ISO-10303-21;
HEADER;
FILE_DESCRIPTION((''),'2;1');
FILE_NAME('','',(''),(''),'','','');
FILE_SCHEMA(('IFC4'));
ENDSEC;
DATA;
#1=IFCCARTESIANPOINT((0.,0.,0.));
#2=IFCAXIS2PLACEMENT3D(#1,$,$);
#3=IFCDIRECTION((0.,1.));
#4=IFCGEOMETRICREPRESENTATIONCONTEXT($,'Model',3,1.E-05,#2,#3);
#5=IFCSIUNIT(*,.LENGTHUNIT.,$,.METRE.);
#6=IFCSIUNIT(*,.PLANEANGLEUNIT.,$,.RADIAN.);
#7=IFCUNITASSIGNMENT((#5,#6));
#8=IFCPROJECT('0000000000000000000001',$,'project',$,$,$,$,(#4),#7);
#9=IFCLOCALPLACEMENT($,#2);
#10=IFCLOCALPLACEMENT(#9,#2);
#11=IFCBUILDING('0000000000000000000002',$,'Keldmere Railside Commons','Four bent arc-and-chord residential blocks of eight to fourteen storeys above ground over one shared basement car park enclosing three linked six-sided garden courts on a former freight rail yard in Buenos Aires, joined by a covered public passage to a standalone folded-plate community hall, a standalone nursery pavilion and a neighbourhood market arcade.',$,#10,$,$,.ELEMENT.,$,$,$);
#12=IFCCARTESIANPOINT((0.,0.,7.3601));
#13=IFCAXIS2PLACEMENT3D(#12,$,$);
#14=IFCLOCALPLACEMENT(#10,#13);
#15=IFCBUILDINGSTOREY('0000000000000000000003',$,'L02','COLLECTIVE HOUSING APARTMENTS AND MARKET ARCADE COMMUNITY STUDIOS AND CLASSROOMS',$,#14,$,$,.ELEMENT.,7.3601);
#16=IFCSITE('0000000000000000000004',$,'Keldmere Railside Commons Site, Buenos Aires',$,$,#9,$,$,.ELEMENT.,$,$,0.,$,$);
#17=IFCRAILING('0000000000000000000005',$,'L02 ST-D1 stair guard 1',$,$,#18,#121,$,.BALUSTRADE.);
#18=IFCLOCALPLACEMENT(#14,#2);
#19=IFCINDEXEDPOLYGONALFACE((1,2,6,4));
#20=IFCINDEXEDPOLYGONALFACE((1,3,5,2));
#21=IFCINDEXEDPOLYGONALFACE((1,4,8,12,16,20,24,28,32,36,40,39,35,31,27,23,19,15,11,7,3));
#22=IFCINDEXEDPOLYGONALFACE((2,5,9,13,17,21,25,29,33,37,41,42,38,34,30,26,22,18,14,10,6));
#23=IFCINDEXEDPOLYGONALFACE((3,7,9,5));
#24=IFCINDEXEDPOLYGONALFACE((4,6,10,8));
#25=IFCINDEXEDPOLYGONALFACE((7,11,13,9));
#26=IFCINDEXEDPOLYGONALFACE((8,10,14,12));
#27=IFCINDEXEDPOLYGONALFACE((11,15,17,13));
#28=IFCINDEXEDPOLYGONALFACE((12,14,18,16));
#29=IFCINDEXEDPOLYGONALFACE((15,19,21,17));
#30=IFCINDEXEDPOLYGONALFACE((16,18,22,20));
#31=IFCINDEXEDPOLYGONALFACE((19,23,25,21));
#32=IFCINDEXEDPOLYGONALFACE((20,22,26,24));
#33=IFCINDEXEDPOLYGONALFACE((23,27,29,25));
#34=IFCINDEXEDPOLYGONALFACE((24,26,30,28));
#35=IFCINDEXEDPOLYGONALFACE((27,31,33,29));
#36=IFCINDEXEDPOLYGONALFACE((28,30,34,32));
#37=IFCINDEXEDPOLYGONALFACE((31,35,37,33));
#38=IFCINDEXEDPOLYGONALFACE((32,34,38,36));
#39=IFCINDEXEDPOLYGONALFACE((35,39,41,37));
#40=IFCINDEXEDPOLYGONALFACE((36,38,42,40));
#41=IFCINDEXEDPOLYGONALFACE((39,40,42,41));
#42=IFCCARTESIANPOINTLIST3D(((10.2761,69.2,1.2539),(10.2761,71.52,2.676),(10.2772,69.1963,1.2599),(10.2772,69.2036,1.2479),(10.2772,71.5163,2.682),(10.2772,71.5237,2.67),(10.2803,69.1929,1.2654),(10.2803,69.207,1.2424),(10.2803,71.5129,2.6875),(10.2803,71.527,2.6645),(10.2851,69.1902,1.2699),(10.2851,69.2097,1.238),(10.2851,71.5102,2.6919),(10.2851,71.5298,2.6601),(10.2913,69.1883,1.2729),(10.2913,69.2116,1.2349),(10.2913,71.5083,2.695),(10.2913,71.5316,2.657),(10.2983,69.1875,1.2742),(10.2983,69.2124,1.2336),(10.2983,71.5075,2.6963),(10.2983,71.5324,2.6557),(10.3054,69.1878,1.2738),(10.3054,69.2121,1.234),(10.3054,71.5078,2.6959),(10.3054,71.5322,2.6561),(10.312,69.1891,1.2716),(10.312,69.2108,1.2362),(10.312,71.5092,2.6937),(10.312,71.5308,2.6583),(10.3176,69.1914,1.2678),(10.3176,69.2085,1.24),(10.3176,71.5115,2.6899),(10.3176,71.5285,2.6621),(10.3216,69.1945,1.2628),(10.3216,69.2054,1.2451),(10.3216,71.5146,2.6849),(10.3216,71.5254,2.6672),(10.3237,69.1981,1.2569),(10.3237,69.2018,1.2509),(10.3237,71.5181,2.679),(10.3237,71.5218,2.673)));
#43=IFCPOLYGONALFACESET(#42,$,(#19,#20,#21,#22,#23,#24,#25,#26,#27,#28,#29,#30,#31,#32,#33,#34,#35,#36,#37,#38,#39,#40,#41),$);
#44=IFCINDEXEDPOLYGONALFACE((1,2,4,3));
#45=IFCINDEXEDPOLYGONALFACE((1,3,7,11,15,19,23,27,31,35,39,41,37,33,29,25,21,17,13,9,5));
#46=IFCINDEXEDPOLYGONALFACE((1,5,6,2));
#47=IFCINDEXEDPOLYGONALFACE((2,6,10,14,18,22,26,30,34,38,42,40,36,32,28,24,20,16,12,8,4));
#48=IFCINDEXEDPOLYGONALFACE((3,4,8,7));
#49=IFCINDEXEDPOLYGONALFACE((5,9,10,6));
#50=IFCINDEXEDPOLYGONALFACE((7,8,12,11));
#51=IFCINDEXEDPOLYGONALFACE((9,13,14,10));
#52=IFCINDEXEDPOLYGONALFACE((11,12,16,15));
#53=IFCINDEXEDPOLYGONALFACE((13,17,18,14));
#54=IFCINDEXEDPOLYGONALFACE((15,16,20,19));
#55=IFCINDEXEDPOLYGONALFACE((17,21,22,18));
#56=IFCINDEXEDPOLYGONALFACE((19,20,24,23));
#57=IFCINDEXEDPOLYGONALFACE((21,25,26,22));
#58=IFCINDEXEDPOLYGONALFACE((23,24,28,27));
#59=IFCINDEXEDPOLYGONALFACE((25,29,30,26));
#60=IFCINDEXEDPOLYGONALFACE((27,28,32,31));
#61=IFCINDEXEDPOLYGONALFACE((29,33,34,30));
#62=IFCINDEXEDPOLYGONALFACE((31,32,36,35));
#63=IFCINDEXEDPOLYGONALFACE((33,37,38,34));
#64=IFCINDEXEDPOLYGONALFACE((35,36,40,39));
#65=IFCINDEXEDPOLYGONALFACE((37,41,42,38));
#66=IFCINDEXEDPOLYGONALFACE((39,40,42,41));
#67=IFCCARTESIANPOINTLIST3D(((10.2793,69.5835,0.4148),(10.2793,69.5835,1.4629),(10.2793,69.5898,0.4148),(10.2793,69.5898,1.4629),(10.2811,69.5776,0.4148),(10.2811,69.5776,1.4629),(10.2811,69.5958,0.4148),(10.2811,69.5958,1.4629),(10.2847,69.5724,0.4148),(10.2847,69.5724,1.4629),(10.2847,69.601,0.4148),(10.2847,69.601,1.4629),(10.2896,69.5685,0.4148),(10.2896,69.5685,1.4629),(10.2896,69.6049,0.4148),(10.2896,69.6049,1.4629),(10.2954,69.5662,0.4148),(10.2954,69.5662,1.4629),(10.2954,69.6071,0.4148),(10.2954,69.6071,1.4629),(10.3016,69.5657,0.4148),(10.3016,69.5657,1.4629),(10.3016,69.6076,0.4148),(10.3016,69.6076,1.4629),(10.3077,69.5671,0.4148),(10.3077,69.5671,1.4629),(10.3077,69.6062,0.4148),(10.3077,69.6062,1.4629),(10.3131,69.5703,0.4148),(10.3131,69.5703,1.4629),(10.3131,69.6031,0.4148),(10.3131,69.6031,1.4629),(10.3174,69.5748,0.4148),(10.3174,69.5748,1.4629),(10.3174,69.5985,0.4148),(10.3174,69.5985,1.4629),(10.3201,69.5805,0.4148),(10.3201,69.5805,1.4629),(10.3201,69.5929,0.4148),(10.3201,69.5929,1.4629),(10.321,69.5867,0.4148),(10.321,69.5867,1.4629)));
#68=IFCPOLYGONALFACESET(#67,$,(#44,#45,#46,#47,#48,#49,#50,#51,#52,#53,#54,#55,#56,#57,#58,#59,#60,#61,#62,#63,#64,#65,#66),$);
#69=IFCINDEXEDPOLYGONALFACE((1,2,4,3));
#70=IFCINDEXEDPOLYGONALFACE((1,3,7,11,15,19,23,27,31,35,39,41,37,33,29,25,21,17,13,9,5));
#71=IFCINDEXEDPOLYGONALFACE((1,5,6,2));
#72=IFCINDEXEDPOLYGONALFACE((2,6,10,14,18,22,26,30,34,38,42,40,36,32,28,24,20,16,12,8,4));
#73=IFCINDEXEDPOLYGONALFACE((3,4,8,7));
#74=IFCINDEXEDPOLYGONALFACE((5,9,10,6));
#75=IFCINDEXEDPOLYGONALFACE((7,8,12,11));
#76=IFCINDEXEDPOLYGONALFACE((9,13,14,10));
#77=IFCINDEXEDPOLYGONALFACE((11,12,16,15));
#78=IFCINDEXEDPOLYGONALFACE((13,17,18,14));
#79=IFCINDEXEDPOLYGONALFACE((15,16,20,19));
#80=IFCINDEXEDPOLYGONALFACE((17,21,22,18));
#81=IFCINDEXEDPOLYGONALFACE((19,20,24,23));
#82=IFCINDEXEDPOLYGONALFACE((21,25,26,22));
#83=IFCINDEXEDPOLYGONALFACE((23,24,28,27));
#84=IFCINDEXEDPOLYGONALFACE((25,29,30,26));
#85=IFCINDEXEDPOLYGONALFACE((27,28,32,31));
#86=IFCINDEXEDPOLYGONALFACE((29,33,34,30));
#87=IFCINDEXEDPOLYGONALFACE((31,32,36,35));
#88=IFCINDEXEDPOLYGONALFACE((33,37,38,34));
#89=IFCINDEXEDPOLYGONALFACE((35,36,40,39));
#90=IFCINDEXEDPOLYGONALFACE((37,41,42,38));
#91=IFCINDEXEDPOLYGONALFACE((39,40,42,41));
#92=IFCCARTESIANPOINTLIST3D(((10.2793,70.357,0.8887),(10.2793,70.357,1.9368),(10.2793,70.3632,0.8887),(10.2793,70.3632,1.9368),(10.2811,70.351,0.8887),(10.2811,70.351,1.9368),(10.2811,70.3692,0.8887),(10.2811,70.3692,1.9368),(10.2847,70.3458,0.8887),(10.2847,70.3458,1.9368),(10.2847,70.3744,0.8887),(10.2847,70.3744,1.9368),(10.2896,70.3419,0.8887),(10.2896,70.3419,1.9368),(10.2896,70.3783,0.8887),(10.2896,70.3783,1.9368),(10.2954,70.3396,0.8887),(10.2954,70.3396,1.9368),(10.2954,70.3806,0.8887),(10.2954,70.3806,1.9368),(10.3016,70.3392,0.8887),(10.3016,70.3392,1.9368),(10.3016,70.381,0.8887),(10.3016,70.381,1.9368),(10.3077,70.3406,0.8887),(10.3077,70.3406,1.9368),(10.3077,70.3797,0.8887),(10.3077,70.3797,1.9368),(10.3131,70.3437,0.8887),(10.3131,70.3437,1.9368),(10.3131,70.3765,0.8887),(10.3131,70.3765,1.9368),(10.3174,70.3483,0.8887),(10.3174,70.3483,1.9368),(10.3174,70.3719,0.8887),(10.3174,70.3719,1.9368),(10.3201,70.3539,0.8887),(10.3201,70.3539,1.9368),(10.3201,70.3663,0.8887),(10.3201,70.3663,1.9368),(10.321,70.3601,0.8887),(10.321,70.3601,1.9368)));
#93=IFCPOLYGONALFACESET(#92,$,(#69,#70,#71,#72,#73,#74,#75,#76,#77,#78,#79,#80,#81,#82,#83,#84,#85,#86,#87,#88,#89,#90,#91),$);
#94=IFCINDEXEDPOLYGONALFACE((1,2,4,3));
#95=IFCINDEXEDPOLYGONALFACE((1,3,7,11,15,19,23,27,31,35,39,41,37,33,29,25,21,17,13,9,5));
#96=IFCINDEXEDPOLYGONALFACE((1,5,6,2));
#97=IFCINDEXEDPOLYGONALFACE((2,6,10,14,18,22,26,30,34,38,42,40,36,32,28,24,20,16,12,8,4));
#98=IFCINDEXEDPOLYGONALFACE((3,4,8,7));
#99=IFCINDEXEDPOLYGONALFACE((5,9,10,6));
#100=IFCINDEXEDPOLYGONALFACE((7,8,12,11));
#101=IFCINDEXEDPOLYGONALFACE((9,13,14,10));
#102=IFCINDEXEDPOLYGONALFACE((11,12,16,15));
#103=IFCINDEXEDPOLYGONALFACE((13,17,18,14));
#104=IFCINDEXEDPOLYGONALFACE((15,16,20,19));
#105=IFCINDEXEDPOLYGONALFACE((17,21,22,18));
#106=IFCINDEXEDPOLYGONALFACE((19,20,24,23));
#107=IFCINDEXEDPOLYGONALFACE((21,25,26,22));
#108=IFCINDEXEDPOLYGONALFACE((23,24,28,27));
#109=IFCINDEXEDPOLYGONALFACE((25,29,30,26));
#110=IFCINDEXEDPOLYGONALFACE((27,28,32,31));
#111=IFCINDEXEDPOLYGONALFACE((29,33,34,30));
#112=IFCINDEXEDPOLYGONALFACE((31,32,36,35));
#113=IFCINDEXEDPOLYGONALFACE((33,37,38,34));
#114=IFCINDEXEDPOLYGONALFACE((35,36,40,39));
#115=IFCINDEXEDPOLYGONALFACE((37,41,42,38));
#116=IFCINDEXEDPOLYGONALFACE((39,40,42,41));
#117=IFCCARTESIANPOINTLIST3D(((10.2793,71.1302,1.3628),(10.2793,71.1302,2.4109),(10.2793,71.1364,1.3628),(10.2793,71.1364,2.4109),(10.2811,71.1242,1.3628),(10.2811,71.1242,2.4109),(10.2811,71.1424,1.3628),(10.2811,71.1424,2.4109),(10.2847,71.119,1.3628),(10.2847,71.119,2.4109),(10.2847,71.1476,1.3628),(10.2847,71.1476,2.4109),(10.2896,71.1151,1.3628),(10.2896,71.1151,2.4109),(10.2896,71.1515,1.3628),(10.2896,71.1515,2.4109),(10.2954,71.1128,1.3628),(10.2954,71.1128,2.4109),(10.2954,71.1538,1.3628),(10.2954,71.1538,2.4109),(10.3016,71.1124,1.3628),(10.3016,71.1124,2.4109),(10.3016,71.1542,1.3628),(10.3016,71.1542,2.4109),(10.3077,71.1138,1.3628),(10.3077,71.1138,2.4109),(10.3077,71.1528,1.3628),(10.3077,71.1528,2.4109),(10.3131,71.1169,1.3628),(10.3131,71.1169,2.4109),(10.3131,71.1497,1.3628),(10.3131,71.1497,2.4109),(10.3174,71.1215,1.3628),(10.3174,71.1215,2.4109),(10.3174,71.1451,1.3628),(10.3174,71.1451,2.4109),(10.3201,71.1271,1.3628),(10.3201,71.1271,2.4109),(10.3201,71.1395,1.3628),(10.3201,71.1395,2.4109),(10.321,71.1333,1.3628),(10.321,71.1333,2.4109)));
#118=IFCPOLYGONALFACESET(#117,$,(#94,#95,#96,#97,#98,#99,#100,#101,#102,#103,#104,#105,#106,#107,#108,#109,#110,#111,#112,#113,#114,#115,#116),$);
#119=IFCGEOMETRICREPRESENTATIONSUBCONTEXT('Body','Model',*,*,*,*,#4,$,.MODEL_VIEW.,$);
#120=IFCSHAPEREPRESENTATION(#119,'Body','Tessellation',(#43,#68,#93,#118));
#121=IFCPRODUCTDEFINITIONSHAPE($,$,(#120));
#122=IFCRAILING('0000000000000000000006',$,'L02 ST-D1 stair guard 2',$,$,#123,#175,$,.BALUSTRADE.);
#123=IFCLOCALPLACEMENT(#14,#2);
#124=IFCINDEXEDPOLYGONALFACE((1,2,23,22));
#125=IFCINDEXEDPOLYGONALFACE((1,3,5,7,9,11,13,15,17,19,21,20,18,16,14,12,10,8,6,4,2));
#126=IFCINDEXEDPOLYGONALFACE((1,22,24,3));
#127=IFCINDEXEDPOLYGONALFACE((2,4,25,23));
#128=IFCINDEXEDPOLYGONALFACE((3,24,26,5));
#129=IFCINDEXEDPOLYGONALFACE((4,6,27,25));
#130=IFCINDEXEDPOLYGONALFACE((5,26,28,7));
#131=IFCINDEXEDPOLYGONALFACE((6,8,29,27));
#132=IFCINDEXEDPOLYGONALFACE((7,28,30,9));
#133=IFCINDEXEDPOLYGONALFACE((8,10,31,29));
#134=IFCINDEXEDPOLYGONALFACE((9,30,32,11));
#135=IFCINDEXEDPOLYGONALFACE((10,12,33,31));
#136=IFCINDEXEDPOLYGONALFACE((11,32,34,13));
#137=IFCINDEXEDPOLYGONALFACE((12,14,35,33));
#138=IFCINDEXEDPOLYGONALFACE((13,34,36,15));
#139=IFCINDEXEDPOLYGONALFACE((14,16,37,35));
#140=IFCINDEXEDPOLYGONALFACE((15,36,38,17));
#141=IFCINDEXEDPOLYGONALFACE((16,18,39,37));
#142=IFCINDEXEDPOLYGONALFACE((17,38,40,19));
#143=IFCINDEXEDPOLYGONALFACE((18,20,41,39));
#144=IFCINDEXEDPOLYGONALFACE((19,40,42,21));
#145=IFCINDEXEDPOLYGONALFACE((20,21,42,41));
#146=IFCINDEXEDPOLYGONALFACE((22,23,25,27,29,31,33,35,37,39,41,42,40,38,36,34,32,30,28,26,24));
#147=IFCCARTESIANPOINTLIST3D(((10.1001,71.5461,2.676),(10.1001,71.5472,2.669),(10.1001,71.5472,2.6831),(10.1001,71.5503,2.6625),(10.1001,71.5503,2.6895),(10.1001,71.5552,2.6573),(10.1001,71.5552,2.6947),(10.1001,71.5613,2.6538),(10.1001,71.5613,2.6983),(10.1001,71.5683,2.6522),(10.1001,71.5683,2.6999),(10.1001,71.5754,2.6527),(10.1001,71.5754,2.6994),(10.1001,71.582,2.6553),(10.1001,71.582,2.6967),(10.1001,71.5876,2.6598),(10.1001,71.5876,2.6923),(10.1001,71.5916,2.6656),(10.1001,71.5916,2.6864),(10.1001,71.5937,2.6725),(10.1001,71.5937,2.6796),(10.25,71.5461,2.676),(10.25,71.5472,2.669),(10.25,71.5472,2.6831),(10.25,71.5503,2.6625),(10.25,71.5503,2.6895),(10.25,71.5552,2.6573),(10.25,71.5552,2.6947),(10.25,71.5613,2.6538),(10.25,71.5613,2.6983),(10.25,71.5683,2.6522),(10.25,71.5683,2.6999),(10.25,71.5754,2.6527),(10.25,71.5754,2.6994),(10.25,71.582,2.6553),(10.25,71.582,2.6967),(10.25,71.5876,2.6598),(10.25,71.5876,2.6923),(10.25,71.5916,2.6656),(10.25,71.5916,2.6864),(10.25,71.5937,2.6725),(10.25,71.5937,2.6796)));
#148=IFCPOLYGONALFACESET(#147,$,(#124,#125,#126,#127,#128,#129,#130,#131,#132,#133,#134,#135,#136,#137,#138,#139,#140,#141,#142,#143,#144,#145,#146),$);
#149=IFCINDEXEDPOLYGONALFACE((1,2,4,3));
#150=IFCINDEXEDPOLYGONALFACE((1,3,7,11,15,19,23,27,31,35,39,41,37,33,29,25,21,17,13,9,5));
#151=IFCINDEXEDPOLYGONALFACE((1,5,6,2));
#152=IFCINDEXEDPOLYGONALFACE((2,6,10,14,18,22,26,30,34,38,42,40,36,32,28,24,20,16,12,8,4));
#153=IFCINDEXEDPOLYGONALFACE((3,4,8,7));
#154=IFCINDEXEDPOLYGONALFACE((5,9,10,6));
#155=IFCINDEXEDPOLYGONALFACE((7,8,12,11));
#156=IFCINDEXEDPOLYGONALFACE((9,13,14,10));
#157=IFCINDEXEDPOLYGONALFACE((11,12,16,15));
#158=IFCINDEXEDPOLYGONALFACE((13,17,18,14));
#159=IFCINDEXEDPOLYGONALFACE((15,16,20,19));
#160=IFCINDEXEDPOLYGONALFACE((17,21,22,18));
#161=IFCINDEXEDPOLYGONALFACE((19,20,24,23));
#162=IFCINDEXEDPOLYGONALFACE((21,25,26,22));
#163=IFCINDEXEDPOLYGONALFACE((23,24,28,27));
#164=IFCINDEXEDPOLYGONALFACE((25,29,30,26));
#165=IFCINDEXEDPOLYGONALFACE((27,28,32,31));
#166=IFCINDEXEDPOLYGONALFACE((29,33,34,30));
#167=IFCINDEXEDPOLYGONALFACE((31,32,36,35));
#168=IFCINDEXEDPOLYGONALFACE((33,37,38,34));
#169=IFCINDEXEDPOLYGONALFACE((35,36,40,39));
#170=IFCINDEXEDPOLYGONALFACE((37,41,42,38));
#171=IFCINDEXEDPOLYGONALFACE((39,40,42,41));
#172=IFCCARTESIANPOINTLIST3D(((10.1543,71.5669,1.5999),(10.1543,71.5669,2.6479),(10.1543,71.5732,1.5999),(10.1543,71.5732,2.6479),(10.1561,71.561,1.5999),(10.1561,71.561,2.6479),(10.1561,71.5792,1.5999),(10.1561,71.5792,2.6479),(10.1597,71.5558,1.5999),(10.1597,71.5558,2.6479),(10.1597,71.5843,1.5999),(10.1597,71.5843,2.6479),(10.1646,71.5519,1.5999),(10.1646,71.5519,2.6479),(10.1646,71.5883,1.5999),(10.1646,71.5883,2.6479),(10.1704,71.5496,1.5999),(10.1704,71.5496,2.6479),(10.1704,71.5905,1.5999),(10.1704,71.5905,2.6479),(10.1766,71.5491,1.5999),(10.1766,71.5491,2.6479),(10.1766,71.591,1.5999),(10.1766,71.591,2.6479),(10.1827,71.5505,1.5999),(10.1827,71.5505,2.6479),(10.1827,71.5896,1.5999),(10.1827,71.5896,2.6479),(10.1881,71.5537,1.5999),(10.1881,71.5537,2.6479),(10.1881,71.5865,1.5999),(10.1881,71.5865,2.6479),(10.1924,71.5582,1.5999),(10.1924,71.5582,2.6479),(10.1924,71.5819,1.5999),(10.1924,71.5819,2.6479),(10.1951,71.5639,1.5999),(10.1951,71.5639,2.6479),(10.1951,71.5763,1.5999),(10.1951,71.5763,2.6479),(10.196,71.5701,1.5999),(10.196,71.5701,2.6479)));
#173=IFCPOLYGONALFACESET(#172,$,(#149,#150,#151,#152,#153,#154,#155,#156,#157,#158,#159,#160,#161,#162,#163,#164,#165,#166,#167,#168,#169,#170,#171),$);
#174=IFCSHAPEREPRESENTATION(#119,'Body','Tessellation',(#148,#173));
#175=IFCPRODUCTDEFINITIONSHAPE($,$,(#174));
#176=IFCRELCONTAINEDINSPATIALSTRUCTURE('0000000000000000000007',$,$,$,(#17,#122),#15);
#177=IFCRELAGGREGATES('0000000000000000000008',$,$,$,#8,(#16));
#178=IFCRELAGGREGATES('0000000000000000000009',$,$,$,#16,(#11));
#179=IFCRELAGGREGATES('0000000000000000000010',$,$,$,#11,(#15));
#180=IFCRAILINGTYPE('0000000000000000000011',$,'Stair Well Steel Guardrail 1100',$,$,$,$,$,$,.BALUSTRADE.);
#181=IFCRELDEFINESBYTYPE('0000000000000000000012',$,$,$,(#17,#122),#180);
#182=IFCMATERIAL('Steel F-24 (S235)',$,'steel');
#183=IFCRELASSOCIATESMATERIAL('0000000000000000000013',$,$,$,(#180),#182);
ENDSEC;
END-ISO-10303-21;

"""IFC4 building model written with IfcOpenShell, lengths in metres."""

from ifc_helpers import new_model, si_unit, direction, frame, origin, origin_2d, place, context, subcontext, project, spatial, circle, extrude, material, type_object, element, save


model = new_model("IFC4")

# Units and contexts
model_context = context("Model", 3, precision=1e-05, world=origin(), true_north=direction((0.0, 1.0)))
body_context = subcontext(model_context, "Body", "Model", "MODEL_VIEW")
ifc_project = project(units=[si_unit("LENGTHUNIT", "METRE"), si_unit("PLANEANGLEUNIT", "RADIAN")], contexts=[model_context])

# Site, building, storey
site_placement = place(None, origin())
site = spatial("IfcSite", under=ifc_project, at=site_placement, Name="Keldmere Railside Commons Site, Buenos Aires", CompositionType="ELEMENT", RefElevation=0.0)
building_placement = place(site_placement, origin())
building = spatial("IfcBuilding", under=site, at=building_placement, Name="Keldmere Railside Commons", Description="Four bent arc-and-chord residential blocks of eight to fourteen storeys above ground over one shared basement car park enclosing three linked six-sided garden courts on a former freight rail yard in Buenos Aires, joined by a covered public passage to a standalone folded-plate community hall, a standalone nursery pavilion and a neighbourhood market arcade.", CompositionType="ELEMENT")
storey_placement = place(building_placement, frame((0.0, 0.0, 7.3601)))
storey = spatial("IfcBuildingStorey", under=building, at=storey_placement, Name="L02", Description="COLLECTIVE HOUSING APARTMENTS AND MARKET ARCADE COMMUNITY STUDIOS AND CLASSROOMS", CompositionType="ELEMENT", Elevation=7.3601)

# Shared definitions
ifc_material_1 = material(Name="Steel F-24 (S235)", Category="steel")

# Railings
railing_type_1 = type_object("IfcRailingType", Name="Stair Well Steel Guardrail 1100", PredefinedType="BALUSTRADE", material=ifc_material_1)
railing_1_placement = place(storey_placement, frame((10.3, 69.2, 0.1777)))
element("IfcRailing", 1, at=railing_1_placement, inside=storey, type_object=railing_type_1, Name="L02 ST-D1 stair guard 1", PredefinedType="BALUSTRADE", context=body_context, shape_type="SweptSolid", body=[
    extrude(circle(Radius=0.0239, at=origin_2d()), frame((0.0, 0.0, 1.0762), z_axis=(0.0, 0.852578, 0.5226), x_axis=(-1.0, 0.0, 0.0)), (0.0, 0.0, 1.0), 2.7212),
    extrude(circle(Radius=0.021, at=origin_2d()), frame((0.0, 0.3867, 0.2371)), (0.0, 0.0, 1.0), 1.0481),
    extrude(circle(Radius=0.021, at=origin_2d()), frame((0.0, 1.1602, 0.7109)), (0.0, 0.0, 1.0), 1.0481),
    extrude(circle(Radius=0.021, at=origin_2d()), frame((0.0, 1.9333, 1.1851)), (0.0, 0.0, 1.0), 1.0481),
])
railing_2_placement = place(storey_placement, frame((10.25, 71.5701, 1.5999)))
element("IfcRailing", 2, at=railing_2_placement, inside=storey, type_object=railing_type_1, Name="L02 ST-D1 stair guard 2", PredefinedType="BALUSTRADE", context=body_context, shape_type="SweptSolid", body=[
    extrude(circle(Radius=0.0239, at=origin_2d()), frame((0.0, 0.0, 1.0762), z_axis=(-1.0, 0.0, 0.0), x_axis=(0.0, -1.0, 0.0)), (0.0, 0.0, 1.0), 0.1499),
    extrude(circle(Radius=0.021, at=origin_2d()), frame((-0.075, 0.0, 0.0)), (0.0, 0.0, 1.0), 1.0481),
])

save(model, "model.ifc")
